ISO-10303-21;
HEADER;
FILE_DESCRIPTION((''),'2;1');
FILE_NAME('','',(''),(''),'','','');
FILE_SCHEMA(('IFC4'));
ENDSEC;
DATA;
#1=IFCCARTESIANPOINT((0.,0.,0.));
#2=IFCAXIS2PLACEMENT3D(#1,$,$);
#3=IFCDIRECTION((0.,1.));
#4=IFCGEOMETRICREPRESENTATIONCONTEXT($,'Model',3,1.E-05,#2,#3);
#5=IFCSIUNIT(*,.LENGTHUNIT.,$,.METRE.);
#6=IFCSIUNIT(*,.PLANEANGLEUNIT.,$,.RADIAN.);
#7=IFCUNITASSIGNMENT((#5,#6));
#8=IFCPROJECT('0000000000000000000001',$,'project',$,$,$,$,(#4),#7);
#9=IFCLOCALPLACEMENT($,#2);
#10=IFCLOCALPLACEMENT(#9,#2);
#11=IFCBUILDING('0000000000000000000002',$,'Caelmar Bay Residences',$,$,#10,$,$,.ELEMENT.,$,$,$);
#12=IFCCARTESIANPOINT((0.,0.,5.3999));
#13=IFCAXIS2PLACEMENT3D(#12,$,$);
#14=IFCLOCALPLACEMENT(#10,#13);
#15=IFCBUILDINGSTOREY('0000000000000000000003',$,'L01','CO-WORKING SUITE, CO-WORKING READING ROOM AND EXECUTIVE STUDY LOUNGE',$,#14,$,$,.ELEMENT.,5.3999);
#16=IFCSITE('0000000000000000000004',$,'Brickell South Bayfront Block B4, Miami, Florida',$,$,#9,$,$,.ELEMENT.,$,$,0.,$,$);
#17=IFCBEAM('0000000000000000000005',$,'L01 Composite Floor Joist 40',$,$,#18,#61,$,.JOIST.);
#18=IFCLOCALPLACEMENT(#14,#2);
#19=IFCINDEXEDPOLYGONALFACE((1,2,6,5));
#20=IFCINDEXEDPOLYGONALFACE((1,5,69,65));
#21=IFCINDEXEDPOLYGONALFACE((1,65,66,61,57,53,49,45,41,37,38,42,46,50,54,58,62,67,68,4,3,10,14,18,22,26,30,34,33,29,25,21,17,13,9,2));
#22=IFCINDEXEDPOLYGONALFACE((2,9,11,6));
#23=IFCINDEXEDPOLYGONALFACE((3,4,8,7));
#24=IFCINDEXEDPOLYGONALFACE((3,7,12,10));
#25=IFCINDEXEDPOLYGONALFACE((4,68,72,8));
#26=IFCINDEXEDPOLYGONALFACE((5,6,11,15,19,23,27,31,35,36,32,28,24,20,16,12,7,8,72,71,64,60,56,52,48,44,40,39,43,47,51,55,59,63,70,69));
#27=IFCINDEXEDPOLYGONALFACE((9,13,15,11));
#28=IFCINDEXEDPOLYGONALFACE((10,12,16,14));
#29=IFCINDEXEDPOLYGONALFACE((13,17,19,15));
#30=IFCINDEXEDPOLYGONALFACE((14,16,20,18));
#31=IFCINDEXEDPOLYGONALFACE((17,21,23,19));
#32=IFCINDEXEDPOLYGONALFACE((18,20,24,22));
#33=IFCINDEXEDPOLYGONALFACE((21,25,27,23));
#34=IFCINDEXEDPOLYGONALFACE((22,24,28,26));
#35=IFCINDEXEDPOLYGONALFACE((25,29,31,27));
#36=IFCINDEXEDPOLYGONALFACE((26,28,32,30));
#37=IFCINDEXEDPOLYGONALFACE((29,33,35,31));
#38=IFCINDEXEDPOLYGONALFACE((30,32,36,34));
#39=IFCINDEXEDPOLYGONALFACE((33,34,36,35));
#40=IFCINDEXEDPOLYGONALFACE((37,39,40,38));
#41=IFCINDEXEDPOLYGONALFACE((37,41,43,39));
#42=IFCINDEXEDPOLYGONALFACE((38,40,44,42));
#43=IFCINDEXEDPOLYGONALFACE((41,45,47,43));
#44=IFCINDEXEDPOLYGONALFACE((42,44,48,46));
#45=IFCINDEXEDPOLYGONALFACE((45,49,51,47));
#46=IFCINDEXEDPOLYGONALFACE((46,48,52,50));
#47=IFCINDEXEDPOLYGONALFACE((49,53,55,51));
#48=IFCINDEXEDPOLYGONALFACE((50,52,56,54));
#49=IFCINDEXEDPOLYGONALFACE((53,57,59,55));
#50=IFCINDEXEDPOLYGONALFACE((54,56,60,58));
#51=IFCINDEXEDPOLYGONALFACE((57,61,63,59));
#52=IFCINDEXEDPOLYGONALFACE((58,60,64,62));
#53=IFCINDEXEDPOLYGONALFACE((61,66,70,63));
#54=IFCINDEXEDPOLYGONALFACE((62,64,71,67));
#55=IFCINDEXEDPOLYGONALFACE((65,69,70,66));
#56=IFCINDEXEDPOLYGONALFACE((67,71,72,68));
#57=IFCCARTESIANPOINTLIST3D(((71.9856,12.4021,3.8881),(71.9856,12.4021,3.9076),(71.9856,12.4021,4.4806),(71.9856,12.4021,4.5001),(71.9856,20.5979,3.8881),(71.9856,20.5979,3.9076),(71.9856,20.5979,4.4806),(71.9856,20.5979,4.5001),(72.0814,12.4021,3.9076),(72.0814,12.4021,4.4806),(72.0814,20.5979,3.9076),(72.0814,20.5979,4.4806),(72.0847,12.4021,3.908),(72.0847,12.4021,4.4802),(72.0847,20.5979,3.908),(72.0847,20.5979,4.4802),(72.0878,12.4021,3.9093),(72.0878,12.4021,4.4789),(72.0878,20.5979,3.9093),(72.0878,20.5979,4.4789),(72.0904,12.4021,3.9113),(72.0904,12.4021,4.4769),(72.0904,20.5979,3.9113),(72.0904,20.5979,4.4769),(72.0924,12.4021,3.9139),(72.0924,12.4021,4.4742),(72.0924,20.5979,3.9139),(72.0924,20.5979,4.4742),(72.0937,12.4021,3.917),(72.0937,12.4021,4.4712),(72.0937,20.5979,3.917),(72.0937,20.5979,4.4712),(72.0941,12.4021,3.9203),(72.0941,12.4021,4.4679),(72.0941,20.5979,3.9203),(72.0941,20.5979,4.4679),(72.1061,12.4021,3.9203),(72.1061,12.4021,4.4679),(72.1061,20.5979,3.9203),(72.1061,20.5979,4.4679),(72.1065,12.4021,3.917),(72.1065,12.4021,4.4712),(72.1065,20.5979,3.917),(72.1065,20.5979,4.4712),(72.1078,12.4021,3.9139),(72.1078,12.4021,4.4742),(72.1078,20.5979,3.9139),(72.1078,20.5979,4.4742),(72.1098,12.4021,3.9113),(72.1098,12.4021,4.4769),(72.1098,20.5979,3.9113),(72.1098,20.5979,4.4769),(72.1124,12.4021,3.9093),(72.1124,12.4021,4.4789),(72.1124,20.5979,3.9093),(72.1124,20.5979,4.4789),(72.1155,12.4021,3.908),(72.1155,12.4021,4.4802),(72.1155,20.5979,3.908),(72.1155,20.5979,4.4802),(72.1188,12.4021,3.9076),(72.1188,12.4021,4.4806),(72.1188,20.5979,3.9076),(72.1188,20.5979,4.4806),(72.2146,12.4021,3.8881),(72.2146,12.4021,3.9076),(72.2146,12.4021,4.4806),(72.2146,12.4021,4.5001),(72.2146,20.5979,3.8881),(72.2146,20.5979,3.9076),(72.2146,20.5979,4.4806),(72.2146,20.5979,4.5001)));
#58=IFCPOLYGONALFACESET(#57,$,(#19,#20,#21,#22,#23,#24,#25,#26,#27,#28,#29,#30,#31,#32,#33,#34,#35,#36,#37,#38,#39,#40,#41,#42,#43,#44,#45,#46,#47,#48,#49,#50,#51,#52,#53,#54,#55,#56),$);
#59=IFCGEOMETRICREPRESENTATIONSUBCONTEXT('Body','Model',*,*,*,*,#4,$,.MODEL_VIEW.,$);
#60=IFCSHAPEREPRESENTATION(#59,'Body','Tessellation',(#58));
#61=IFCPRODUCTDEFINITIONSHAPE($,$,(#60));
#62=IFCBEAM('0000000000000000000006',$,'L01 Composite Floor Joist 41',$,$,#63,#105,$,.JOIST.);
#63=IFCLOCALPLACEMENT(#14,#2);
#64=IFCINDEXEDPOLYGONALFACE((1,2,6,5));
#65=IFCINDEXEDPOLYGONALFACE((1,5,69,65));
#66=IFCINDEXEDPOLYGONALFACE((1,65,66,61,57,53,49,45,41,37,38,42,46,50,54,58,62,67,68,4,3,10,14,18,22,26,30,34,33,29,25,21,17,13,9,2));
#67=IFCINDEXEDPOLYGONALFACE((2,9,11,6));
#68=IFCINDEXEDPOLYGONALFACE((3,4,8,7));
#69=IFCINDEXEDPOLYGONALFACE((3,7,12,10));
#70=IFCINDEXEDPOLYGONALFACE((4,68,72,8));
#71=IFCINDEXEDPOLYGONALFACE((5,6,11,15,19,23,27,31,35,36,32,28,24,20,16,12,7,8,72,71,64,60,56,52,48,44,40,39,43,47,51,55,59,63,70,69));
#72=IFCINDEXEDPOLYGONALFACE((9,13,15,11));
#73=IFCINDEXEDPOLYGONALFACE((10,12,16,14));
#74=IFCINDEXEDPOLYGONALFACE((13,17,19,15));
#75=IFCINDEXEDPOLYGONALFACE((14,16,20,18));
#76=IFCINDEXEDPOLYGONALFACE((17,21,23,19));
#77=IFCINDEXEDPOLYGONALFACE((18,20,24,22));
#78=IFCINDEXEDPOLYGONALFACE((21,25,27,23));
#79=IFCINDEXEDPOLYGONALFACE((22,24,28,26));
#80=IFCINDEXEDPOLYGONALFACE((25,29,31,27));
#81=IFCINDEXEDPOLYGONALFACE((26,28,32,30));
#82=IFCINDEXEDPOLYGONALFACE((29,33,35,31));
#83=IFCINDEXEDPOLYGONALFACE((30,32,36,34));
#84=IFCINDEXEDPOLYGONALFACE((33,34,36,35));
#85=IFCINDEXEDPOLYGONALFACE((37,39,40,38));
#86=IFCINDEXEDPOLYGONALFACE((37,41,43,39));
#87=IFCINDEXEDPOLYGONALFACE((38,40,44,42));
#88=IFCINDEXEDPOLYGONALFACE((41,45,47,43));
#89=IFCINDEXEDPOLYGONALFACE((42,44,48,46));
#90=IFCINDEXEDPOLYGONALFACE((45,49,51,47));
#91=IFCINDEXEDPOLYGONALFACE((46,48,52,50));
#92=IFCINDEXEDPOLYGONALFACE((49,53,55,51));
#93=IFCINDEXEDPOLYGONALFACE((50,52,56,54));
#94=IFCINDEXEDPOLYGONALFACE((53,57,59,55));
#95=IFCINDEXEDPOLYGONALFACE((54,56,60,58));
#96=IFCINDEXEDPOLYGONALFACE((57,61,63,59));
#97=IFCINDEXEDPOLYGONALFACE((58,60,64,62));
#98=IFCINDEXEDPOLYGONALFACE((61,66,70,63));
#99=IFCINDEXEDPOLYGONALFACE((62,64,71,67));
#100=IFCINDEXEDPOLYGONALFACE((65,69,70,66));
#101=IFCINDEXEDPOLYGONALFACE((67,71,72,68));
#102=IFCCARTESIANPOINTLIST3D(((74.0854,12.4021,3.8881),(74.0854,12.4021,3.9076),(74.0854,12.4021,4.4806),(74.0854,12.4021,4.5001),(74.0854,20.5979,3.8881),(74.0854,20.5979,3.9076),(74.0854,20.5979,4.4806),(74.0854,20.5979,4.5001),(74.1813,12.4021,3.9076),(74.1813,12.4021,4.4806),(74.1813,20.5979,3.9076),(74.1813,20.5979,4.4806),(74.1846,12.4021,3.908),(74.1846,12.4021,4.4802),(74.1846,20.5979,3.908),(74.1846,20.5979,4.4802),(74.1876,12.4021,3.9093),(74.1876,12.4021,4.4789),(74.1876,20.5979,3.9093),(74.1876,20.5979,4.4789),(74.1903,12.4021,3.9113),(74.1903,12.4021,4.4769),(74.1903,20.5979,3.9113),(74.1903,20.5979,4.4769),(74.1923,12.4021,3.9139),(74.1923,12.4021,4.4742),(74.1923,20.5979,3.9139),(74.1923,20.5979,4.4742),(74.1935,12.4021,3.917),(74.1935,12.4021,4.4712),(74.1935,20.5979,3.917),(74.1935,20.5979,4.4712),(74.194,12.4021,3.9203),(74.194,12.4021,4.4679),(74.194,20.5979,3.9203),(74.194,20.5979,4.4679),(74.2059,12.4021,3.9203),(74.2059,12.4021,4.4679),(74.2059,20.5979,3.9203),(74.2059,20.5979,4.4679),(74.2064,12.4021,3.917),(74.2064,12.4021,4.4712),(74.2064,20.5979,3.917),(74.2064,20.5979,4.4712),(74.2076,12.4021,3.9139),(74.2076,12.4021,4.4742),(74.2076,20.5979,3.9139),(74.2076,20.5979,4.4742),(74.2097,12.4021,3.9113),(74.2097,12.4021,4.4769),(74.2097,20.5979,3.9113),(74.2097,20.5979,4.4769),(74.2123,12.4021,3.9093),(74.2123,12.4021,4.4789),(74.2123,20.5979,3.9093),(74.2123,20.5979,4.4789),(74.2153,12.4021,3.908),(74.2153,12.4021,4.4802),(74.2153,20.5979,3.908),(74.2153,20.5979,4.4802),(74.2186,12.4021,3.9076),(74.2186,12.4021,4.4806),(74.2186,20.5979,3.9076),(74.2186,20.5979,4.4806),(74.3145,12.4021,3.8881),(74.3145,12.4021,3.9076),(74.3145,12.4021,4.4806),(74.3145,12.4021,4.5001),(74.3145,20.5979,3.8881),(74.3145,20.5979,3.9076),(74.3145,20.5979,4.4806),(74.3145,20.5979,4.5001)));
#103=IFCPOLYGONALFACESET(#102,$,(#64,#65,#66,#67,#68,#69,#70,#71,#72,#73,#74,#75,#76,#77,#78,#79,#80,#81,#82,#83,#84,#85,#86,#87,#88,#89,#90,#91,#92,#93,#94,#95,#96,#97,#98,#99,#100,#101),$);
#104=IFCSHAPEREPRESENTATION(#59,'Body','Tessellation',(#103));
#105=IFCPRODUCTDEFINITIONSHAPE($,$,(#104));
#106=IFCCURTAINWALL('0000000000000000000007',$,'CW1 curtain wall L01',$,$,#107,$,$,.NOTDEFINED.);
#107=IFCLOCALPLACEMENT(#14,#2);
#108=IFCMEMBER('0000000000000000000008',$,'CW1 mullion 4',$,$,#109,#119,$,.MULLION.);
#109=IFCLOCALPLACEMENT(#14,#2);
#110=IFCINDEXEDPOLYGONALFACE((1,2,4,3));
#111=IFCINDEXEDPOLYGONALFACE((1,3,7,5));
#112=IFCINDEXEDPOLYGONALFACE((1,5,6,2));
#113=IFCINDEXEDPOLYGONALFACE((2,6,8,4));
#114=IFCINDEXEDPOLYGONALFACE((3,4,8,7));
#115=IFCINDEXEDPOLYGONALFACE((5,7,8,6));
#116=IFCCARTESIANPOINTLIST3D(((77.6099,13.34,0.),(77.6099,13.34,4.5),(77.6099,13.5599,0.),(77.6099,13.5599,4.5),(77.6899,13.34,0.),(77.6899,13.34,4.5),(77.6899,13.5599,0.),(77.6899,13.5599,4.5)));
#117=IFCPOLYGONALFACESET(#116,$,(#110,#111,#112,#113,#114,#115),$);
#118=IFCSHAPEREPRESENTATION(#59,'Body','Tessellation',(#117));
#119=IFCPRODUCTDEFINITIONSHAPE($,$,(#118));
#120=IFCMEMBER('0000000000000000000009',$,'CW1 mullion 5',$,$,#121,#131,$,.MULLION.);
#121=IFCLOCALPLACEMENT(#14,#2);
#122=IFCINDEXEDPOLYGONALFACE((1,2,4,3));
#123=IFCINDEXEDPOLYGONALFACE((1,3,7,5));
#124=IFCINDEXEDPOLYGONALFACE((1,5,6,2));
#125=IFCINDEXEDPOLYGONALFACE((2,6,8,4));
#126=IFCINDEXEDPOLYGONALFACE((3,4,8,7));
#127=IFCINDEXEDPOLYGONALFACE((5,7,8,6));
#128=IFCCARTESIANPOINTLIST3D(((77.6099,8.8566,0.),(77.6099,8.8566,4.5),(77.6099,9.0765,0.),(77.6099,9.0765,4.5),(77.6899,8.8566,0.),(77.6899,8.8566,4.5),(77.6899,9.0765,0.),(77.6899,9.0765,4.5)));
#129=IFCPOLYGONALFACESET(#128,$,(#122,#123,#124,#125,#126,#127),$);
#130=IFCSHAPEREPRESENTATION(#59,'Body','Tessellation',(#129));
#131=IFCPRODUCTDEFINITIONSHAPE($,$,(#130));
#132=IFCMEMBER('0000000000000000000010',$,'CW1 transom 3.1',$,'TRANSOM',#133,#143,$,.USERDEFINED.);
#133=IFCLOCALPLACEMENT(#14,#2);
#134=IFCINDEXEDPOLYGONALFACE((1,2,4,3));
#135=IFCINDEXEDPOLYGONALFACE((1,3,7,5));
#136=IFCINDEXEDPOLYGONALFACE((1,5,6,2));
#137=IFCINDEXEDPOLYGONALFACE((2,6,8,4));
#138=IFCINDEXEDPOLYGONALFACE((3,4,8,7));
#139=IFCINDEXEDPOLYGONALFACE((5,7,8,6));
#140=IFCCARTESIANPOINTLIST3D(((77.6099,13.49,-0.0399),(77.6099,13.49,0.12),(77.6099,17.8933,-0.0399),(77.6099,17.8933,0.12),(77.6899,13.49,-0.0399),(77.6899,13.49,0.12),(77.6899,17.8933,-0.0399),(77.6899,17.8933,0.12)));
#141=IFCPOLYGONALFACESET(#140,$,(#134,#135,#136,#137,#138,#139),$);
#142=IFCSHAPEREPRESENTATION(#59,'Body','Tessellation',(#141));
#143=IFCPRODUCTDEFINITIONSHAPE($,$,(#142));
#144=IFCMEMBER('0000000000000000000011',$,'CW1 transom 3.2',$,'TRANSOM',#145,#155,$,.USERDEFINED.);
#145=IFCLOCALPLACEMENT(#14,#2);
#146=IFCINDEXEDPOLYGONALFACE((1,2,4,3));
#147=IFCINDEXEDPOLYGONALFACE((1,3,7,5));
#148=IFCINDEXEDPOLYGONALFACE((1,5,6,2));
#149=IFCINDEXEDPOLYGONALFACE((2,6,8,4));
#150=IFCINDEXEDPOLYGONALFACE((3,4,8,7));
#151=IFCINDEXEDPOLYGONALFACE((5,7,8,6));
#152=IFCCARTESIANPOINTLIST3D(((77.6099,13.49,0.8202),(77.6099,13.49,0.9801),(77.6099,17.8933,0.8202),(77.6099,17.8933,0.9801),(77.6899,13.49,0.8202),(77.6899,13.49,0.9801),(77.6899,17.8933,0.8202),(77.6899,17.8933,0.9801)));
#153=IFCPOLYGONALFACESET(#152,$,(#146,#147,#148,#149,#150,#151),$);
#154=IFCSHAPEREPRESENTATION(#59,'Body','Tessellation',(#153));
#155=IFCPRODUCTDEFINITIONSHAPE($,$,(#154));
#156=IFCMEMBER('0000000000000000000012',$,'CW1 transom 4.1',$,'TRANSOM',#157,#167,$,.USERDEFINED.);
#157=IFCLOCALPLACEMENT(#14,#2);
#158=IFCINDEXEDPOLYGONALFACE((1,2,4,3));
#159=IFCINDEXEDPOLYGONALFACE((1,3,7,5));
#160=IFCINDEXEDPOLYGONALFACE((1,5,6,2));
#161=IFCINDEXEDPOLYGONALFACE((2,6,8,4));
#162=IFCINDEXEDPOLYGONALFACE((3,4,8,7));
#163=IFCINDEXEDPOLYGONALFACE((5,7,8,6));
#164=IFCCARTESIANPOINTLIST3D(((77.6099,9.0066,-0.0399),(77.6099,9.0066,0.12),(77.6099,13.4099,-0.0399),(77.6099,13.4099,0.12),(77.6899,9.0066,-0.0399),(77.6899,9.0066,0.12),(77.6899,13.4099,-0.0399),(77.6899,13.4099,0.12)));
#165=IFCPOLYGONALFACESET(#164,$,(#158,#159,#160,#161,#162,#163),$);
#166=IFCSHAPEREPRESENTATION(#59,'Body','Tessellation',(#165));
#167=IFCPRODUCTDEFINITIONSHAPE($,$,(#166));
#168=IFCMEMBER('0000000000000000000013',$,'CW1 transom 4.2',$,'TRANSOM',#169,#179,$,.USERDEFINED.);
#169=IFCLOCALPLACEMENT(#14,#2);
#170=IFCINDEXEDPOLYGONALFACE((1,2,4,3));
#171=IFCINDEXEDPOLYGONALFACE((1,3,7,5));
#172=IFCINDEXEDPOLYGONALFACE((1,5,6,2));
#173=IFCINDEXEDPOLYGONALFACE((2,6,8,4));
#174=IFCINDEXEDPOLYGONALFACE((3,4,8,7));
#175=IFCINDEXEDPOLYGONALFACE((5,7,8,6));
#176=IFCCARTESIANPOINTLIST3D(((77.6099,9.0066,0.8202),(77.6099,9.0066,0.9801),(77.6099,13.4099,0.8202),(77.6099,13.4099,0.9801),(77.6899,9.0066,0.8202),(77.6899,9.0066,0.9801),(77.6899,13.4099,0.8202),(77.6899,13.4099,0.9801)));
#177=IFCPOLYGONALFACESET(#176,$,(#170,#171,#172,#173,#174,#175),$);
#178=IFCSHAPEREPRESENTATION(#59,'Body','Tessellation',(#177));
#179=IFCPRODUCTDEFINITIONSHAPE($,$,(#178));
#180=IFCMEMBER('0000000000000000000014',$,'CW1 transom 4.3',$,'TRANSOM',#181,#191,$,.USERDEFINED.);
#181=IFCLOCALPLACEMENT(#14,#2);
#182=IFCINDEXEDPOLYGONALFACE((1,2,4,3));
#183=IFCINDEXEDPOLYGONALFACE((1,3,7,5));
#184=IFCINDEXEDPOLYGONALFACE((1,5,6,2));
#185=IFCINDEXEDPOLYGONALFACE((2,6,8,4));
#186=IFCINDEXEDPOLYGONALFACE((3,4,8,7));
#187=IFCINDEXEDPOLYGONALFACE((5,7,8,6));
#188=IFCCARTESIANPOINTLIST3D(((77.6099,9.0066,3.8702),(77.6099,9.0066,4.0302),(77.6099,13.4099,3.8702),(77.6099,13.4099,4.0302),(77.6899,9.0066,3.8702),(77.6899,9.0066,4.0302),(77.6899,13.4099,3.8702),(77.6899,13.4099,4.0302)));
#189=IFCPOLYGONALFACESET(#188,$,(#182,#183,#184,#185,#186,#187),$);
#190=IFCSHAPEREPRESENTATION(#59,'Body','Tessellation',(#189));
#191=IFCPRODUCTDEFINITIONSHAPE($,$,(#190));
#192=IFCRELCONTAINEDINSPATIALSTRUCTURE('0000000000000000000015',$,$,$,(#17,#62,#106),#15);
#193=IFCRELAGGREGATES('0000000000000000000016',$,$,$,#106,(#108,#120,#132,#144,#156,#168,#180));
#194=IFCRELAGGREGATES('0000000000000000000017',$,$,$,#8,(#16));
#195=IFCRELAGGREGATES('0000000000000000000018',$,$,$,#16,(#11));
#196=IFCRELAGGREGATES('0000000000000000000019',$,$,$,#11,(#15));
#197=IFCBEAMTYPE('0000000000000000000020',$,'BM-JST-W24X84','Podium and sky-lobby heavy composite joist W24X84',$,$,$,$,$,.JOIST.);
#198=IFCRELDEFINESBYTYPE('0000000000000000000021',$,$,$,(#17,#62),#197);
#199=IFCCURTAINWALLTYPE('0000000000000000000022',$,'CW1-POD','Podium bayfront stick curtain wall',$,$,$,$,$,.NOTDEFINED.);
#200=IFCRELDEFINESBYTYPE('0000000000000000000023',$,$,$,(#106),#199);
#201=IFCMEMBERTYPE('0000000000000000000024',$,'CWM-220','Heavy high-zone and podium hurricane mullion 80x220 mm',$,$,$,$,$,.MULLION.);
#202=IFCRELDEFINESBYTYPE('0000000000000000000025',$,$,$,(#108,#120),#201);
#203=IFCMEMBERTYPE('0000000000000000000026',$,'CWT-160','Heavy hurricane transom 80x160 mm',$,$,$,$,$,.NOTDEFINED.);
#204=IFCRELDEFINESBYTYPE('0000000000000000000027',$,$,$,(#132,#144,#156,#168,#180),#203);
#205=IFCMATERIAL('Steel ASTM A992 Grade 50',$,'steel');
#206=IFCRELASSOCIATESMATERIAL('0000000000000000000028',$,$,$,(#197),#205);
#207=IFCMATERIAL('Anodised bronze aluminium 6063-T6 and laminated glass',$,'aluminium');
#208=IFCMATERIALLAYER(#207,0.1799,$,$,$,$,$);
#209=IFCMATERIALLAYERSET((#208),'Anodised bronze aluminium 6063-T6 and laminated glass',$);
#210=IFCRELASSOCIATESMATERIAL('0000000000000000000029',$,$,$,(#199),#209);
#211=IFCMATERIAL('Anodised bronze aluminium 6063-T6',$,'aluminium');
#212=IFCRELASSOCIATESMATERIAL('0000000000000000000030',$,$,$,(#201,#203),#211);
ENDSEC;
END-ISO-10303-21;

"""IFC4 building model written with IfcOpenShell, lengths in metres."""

from ifc_helpers import new_model, si_unit, direction, frame, origin, origin_2d, place, context, subcontext, project, spatial, rectangle, i_section, extrude, material, layer, layer_set, material_profile, profile_set, type_object, element, aggregate, save


model = new_model("IFC4")

# Units and contexts
model_context = context("Model", 3, precision=1e-05, world=origin(), true_north=direction((0.0, 1.0)))
body_context = subcontext(model_context, "Body", "Model", "MODEL_VIEW")
ifc_project = project(units=[si_unit("LENGTHUNIT", "METRE"), si_unit("PLANEANGLEUNIT", "RADIAN")], contexts=[model_context])

# Site, building, storey
site_placement = place(None, origin())
site = spatial("IfcSite", under=ifc_project, at=site_placement, Name="Brickell South Bayfront Block B4, Miami, Florida", CompositionType="ELEMENT", RefElevation=0.0)
building_placement = place(site_placement, origin())
building = spatial("IfcBuilding", under=site, at=building_placement, Name="Caelmar Bay Residences", CompositionType="ELEMENT")
storey_placement = place(building_placement, frame((0.0, 0.0, 5.3999)))
storey = spatial("IfcBuildingStorey", under=building, at=storey_placement, Name="L01", Description="CO-WORKING SUITE, CO-WORKING READING ROOM AND EXECUTIVE STUDY LOUNGE", CompositionType="ELEMENT", Elevation=5.3999)

# Beams
ifc_material_1 = material(Name="Steel ASTM A992 Grade 50", Category="steel")
ifc_material_profile_1 = material_profile(ifc_material_1, i_section(OverallWidth=0.229, OverallDepth=0.6121, WebThickness=0.012, FlangeThickness=0.0195, FilletRadius=0.0127, at=origin_2d()), Name="W24X84")
ifc_profile_set_1 = profile_set([ifc_material_profile_1], Name="Steel ASTM A992 Grade 50")
beam_type_1 = type_object("IfcBeamType", Name="BM-JST-W24X84", Description="Podium and sky-lobby heavy composite joist W24X84", PredefinedType="JOIST", material=ifc_profile_set_1)
for number, where, z_axis, x_axis, name in (
    (1, (72.1001, 12.4021, 4.1941), (0.0, 1.0, 0.0), (-1.0, 0.0, 0.0), "L01 Composite Floor Joist 40"),
    (2, (74.2, 12.4021, 4.1941), (0.0, 1.0, 0.0), (-1.0, 0.0, 0.0), "L01 Composite Floor Joist 41"),
):
    element("IfcBeam", number, at=place(storey_placement, frame(where, z_axis=z_axis, x_axis=x_axis)), inside=storey, type_object=beam_type_1, Name=name, PredefinedType="JOIST", context=body_context, shape_type="SweptSolid", body=[
        extrude(i_section(OverallWidth=0.229, OverallDepth=0.6121, WebThickness=0.012, FlangeThickness=0.0195, FilletRadius=0.0127, at=origin_2d()), origin(), (0.0, 0.0, 1.0), 8.1958),
    ])

# Curtain wall, members
ifc_material_2 = material(Name="Anodised bronze aluminium 6063-T6 and laminated glass", Category="aluminium")
ifc_layer_1 = layer(ifc_material_2, 0.1799)
ifc_layer_set_1 = layer_set([ifc_layer_1], Name="Anodised bronze aluminium 6063-T6 and laminated glass")
curtain_wall_type = type_object("IfcCurtainWallType", Name="CW1-POD", Description="Podium bayfront stick curtain wall", PredefinedType="NOTDEFINED", material=ifc_layer_set_1)
curtain_wall_placement = place(storey_placement, origin())
curtain_wall = element("IfcCurtainWall", 3, at=curtain_wall_placement, inside=storey, type_object=curtain_wall_type, Name="CW1 curtain wall L01", PredefinedType="NOTDEFINED")
ifc_material_3 = material(Name="Anodised bronze aluminium 6063-T6", Category="aluminium")
ifc_material_profile_2 = material_profile(ifc_material_3, rectangle(XDim=0.0801, YDim=0.22, at=origin_2d()), Name="CWM-80X220")
ifc_profile_set_2 = profile_set([ifc_material_profile_2], Name="Anodised bronze aluminium 6063-T6")
member_type_1 = type_object("IfcMemberType", Name="CWM-220", Description="Heavy high-zone and podium hurricane mullion 80x220 mm", PredefinedType="MULLION", material=ifc_profile_set_2)
member_1_placement = place(storey_placement, frame((77.6499, 13.45, 0.0), z_axis=(0.0, 0.0, 1.0), x_axis=(1.0, 0.0, 0.0)))
member_1 = element("IfcMember", 4, at=member_1_placement, type_object=member_type_1, Name="CW1 mullion 4", PredefinedType="MULLION", context=body_context, shape_type="SweptSolid", body=[
    extrude(rectangle(XDim=0.0801, YDim=0.22, at=origin_2d()), origin(), (0.0, 0.0, 1.0), 4.5),
])
member_2_placement = place(storey_placement, frame((77.6499, 8.9666, 0.0), z_axis=(0.0, 0.0, 1.0), x_axis=(1.0, 0.0, 0.0)))
member_2 = element("IfcMember", 5, at=member_2_placement, type_object=member_type_1, Name="CW1 mullion 5", PredefinedType="MULLION", context=body_context, shape_type="SweptSolid", body=[
    extrude(rectangle(XDim=0.0801, YDim=0.22, at=origin_2d()), origin(), (0.0, 0.0, 1.0), 4.5),
])
ifc_material_profile_3 = material_profile(ifc_material_3, rectangle(XDim=0.0801, YDim=0.1599, at=origin_2d()), Name="CWT-80X160")
ifc_profile_set_3 = profile_set([ifc_material_profile_3], Name="Anodised bronze aluminium 6063-T6")
member_type_2 = type_object("IfcMemberType", Name="CWT-160", Description="Heavy hurricane transom 80x160 mm", PredefinedType="NOTDEFINED", material=ifc_profile_set_3)
member_3_placement = place(storey_placement, frame((77.6499, 17.8933, 0.04), z_axis=(0.0, -1.0, 0.0), x_axis=(1.0, 0.0, 0.0)))
member_3 = element("IfcMember", 6, at=member_3_placement, type_object=member_type_2, Name="CW1 transom 3.1", ObjectType="TRANSOM", PredefinedType="USERDEFINED", context=body_context, shape_type="SweptSolid", body=[
    extrude(rectangle(XDim=0.0801, YDim=0.1599, at=origin_2d()), origin(), (0.0, 0.0, 1.0), 4.4033),
])
member_4_placement = place(storey_placement, frame((77.6499, 17.8933, 0.9001), z_axis=(0.0, -1.0, 0.0), x_axis=(1.0, 0.0, 0.0)))
member_4 = element("IfcMember", 7, at=member_4_placement, type_object=member_type_2, Name="CW1 transom 3.2", ObjectType="TRANSOM", PredefinedType="USERDEFINED", context=body_context, shape_type="SweptSolid", body=[
    extrude(rectangle(XDim=0.0801, YDim=0.1599, at=origin_2d()), origin(), (0.0, 0.0, 1.0), 4.4033),
])
member_5_placement = place(storey_placement, frame((77.6499, 13.4099, 0.04), z_axis=(0.0, -1.0, 0.0), x_axis=(1.0, 0.0, 0.0)))
member_5 = element("IfcMember", 8, at=member_5_placement, type_object=member_type_2, Name="CW1 transom 4.1", ObjectType="TRANSOM", PredefinedType="USERDEFINED", context=body_context, shape_type="SweptSolid", body=[
    extrude(rectangle(XDim=0.0801, YDim=0.1599, at=origin_2d()), origin(), (0.0, 0.0, 1.0), 4.4033),
])
member_6_placement = place(storey_placement, frame((77.6499, 13.4099, 0.9001), z_axis=(0.0, -1.0, 0.0), x_axis=(1.0, 0.0, 0.0)))
member_6 = element("IfcMember", 9, at=member_6_placement, type_object=member_type_2, Name="CW1 transom 4.2", ObjectType="TRANSOM", PredefinedType="USERDEFINED", context=body_context, shape_type="SweptSolid", body=[
    extrude(rectangle(XDim=0.0801, YDim=0.1599, at=origin_2d()), origin(), (0.0, 0.0, 1.0), 4.4033),
])
member_7_placement = place(storey_placement, frame((77.6499, 13.4099, 3.9502), z_axis=(0.0, -1.0, 0.0), x_axis=(1.0, 0.0, 0.0)))
member_7 = element("IfcMember", 10, at=member_7_placement, type_object=member_type_2, Name="CW1 transom 4.3", ObjectType="TRANSOM", PredefinedType="USERDEFINED", context=body_context, shape_type="SweptSolid", body=[
    extrude(rectangle(XDim=0.0801, YDim=0.1599, at=origin_2d()), origin(), (0.0, 0.0, 1.0), 4.4033),
])
aggregate(curtain_wall, [member_1, member_2, member_3, member_4, member_5, member_6, member_7])

save(model, "model.ifc")
